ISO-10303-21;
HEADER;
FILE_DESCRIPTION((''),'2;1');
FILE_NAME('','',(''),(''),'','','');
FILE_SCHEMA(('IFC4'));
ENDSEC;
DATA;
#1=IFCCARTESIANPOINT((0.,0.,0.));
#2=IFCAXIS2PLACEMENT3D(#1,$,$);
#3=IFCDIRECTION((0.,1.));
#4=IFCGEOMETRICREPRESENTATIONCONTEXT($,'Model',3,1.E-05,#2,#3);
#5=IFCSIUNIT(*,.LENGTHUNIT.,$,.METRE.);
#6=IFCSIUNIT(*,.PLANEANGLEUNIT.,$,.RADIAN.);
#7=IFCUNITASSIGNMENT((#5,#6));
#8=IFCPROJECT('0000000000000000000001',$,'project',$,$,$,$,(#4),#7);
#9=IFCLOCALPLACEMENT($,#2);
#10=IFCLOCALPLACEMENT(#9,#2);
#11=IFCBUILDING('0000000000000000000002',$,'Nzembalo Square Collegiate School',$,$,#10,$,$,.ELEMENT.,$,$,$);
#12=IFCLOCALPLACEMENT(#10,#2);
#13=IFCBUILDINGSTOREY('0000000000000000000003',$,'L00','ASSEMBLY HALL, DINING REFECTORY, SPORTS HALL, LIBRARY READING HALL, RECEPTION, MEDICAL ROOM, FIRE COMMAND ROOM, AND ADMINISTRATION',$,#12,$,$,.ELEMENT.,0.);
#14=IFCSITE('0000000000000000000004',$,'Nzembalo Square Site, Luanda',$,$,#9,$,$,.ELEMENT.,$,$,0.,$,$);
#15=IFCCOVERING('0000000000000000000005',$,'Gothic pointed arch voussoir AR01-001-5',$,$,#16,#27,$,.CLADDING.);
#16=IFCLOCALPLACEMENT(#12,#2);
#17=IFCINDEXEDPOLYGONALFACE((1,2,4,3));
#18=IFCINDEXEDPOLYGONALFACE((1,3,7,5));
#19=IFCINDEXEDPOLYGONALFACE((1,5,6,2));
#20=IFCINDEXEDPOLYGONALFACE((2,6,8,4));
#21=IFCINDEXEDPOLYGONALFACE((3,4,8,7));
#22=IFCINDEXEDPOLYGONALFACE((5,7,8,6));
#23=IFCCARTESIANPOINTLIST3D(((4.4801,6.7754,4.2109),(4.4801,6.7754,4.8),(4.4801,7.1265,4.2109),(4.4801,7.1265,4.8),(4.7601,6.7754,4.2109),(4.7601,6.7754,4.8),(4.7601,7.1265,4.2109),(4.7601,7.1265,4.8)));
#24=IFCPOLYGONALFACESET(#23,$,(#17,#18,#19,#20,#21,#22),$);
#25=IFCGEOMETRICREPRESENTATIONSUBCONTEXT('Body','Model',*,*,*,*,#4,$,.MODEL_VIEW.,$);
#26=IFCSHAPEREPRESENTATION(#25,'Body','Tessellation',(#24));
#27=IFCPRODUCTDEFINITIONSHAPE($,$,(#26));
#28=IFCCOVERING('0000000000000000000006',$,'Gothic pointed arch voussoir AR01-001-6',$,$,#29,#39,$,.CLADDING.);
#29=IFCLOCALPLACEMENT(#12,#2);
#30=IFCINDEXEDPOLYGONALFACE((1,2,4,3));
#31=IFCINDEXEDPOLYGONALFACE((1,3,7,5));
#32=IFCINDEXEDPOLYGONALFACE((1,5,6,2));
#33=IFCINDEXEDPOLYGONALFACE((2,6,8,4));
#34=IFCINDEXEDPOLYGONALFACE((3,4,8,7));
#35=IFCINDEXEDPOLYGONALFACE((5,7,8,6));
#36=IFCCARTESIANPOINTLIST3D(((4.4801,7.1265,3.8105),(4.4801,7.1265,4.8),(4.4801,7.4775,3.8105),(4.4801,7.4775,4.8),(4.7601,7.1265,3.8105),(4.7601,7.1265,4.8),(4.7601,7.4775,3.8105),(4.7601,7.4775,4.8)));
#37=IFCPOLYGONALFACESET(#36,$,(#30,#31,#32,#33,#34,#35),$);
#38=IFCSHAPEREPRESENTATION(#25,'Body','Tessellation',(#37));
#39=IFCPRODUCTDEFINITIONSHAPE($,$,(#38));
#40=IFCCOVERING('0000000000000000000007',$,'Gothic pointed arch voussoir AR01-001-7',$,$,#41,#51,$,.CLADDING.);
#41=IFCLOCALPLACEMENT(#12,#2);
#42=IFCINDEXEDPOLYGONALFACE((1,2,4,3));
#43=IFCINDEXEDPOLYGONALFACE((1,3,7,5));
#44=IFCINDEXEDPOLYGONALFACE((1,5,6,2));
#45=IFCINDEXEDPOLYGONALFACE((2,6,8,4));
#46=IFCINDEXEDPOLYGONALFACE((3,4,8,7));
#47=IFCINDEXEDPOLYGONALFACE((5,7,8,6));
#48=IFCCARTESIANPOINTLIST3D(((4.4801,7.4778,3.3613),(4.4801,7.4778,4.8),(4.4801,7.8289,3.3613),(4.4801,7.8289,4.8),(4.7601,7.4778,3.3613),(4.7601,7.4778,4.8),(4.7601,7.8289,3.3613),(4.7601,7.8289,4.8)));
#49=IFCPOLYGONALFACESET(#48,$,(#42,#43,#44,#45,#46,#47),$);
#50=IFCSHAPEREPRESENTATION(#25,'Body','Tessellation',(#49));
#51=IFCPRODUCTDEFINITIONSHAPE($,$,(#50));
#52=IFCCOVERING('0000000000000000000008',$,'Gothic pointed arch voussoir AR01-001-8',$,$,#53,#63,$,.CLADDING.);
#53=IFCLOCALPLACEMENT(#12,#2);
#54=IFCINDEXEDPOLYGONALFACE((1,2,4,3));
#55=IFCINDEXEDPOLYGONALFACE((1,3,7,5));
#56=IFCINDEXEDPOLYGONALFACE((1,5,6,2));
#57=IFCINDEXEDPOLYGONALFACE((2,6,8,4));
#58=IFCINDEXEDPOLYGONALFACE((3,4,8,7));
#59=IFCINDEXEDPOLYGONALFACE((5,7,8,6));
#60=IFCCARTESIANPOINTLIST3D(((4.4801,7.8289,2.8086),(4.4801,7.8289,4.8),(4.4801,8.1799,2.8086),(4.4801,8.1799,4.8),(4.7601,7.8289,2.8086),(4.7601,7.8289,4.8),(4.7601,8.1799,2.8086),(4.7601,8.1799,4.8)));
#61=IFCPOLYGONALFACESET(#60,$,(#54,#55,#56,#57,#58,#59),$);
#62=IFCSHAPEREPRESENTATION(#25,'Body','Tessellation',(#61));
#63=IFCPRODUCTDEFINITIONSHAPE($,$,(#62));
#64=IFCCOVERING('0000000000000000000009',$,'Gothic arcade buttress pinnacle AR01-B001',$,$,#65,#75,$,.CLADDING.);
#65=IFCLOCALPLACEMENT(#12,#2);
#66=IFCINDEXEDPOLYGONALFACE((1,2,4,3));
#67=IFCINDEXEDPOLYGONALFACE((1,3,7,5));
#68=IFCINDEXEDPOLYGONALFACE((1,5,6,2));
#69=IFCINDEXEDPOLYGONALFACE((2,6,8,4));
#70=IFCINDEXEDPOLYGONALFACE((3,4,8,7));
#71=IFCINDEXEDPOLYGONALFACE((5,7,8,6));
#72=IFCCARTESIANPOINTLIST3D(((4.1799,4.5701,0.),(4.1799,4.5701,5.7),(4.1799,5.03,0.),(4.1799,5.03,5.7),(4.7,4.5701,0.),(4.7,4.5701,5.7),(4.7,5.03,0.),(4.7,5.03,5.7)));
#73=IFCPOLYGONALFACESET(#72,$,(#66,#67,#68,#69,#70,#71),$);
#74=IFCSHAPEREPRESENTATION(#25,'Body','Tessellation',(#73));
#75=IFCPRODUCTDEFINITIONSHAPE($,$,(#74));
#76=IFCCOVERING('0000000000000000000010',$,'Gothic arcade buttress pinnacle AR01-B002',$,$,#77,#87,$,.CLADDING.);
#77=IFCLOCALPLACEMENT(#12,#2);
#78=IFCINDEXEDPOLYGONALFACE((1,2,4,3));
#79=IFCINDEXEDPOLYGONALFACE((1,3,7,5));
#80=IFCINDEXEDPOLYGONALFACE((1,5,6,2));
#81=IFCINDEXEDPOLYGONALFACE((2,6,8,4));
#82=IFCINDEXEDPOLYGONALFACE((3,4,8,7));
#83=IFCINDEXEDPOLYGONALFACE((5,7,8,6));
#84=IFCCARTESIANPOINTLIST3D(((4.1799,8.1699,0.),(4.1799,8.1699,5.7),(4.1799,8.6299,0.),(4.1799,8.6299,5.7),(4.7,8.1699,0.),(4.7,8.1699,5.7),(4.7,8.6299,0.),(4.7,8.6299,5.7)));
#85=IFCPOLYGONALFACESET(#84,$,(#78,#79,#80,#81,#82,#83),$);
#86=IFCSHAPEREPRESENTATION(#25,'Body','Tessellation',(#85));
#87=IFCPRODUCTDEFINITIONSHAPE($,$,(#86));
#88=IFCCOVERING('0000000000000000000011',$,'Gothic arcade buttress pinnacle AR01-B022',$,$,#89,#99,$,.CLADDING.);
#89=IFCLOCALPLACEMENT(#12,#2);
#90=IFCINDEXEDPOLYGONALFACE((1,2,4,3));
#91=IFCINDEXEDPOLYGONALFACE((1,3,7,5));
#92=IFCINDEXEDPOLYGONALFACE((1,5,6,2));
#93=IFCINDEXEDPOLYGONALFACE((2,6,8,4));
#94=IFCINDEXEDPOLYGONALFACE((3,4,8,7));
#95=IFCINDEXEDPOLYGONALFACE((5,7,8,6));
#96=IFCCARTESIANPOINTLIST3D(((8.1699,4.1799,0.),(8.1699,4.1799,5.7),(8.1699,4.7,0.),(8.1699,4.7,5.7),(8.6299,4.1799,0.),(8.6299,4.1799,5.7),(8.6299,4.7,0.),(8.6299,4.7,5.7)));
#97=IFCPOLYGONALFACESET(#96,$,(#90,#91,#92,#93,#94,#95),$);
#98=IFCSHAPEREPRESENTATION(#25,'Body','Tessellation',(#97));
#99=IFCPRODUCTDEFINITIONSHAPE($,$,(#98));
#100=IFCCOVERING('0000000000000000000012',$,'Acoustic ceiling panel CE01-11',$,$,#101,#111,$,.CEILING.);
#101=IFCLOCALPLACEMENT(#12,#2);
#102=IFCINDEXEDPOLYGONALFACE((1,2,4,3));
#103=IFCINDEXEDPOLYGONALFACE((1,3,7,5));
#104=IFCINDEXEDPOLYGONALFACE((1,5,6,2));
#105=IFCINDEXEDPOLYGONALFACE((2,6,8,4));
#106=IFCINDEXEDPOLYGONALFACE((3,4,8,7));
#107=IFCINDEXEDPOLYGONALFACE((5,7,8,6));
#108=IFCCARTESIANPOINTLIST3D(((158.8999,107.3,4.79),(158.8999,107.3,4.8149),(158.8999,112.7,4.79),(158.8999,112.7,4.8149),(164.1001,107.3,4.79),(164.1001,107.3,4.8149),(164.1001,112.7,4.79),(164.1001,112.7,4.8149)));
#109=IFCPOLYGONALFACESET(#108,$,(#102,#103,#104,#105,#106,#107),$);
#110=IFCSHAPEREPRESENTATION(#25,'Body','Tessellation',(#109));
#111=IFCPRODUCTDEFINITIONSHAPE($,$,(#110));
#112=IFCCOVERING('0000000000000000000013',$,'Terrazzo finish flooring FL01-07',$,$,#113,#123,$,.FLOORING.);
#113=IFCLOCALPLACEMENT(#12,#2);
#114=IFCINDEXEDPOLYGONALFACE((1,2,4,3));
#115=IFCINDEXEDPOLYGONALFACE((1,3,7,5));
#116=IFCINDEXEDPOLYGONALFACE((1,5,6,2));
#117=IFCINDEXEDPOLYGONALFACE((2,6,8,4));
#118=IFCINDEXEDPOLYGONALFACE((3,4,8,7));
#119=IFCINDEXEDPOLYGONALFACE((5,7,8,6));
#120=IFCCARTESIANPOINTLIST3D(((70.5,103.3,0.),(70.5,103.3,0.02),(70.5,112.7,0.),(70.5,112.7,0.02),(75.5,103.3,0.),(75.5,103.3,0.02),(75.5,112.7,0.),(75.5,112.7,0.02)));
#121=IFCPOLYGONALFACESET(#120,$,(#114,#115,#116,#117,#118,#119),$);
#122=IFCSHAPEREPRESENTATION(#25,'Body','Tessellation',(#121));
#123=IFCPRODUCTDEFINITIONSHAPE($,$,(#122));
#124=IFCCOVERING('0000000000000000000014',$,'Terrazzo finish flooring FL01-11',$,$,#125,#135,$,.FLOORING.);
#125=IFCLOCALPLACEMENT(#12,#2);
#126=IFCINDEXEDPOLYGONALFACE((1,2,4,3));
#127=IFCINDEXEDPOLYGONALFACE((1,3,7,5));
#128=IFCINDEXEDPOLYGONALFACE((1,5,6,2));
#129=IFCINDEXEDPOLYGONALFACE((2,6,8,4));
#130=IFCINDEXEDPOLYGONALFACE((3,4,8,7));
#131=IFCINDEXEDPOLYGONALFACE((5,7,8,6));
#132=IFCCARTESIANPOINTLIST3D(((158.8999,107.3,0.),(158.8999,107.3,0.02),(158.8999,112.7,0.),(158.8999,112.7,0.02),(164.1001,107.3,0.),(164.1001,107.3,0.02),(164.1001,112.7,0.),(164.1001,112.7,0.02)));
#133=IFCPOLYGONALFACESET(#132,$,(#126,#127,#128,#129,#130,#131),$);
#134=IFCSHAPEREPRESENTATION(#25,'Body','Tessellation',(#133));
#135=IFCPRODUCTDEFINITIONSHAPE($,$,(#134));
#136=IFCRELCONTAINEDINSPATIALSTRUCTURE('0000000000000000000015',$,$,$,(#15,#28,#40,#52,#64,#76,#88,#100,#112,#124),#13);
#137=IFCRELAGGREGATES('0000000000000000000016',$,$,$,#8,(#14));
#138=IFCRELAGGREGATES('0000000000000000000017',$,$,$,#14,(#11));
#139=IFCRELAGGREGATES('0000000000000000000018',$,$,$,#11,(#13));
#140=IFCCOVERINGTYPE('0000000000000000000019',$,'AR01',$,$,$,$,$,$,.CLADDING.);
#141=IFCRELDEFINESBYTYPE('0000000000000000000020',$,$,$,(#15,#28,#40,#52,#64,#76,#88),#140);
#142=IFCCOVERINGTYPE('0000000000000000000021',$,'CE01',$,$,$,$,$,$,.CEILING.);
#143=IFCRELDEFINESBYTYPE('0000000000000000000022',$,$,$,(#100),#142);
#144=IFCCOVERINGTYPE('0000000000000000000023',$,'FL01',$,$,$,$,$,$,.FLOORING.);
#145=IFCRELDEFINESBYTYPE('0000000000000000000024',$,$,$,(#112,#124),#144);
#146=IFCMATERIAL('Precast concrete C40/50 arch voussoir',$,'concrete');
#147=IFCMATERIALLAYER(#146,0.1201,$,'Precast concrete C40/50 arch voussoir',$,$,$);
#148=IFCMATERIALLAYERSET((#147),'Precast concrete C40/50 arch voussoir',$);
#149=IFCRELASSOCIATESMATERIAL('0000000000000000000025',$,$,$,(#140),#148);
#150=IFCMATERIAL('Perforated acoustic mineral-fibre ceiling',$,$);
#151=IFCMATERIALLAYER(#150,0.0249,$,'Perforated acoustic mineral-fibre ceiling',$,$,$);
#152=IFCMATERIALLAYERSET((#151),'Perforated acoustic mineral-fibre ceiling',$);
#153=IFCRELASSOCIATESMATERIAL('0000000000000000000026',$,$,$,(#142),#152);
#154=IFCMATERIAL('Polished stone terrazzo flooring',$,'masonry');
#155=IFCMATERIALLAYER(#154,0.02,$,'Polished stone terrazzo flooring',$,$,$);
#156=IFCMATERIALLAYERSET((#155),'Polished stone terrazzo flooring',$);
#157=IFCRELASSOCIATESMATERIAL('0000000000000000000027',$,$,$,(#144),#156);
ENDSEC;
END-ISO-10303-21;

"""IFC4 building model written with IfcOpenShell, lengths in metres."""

from ifc_helpers import new_model, si_unit, direction, frame, origin, origin_2d, place, context, subcontext, project, spatial, polyline, rectangle, outline, extrude, material, layer, layer_set, type_object, element, save


model = new_model("IFC4")

# Units and contexts
model_context = context("Model", 3, precision=1e-05, world=origin(), true_north=direction((0.0, 1.0)))
body_context = subcontext(model_context, "Body", "Model", "MODEL_VIEW")
ifc_project = project(units=[si_unit("LENGTHUNIT", "METRE"), si_unit("PLANEANGLEUNIT", "RADIAN")], contexts=[model_context])

# Site, building, storey
site_placement = place(None, origin())
site = spatial("IfcSite", under=ifc_project, at=site_placement, Name="Nzembalo Square Site, Luanda", CompositionType="ELEMENT", RefElevation=0.0)
building_placement = place(site_placement, origin())
building = spatial("IfcBuilding", under=site, at=building_placement, Name="Nzembalo Square Collegiate School", CompositionType="ELEMENT")
storey_placement = place(building_placement, origin())
storey = spatial("IfcBuildingStorey", under=building, at=storey_placement, Name="L00", Description="ASSEMBLY HALL, DINING REFECTORY, SPORTS HALL, LIBRARY READING HALL, RECEPTION, MEDICAL ROOM, FIRE COMMAND ROOM, AND ADMINISTRATION", CompositionType="ELEMENT", Elevation=0.0)

# Coverings
ifc_material_1 = material(Name="Precast concrete C40/50 arch voussoir", Category="concrete")
ifc_layer_1 = layer(ifc_material_1, 0.1201, Name="Precast concrete C40/50 arch voussoir")
ifc_layer_set_1 = layer_set([ifc_layer_1], Name="Precast concrete C40/50 arch voussoir")
covering_type_1 = type_object("IfcCoveringType", Name="AR01", PredefinedType="CLADDING", material=ifc_layer_set_1)
covering_1_placement = place(storey_placement, frame((4.6201, 6.9509, 4.2109), z_axis=(0.0, 0.0, 1.0), x_axis=(1.0, 0.0, 0.0)))
element("IfcCovering", 1, at=covering_1_placement, inside=storey, type_object=covering_type_1, Name="Gothic pointed arch voussoir AR01-001-5", PredefinedType="CLADDING", context=body_context, shape_type="SweptSolid", body=[
    extrude(rectangle(XDim=0.28, YDim=0.3511, at=origin_2d()), origin(), (0.0, 0.0, 1.0), 0.5891),
])
covering_2_placement = place(storey_placement, frame((4.6201, 7.302, 3.8105), z_axis=(0.0, 0.0, 1.0), x_axis=(1.0, 0.0, 0.0)))
element("IfcCovering", 2, at=covering_2_placement, inside=storey, type_object=covering_type_1, Name="Gothic pointed arch voussoir AR01-001-6", PredefinedType="CLADDING", context=body_context, shape_type="SweptSolid", body=[
    extrude(rectangle(XDim=0.28, YDim=0.3511, at=origin_2d()), origin(), (0.0, 0.0, 1.0), 0.9895),
])
covering_3_placement = place(storey_placement, frame((4.6201, 7.6533, 3.3613), z_axis=(0.0, 0.0, 1.0), x_axis=(1.0, 0.0, 0.0)))
element("IfcCovering", 3, at=covering_3_placement, inside=storey, type_object=covering_type_1, Name="Gothic pointed arch voussoir AR01-001-7", PredefinedType="CLADDING", context=body_context, shape_type="SweptSolid", body=[
    extrude(rectangle(XDim=0.28, YDim=0.3511, at=origin_2d()), origin(), (0.0, 0.0, 1.0), 1.4387),
])
covering_4_placement = place(storey_placement, frame((4.6201, 8.0044, 2.8086), z_axis=(0.0, 0.0, 1.0), x_axis=(1.0, 0.0, 0.0)))
element("IfcCovering", 4, at=covering_4_placement, inside=storey, type_object=covering_type_1, Name="Gothic pointed arch voussoir AR01-001-8", PredefinedType="CLADDING", context=body_context, shape_type="SweptSolid", body=[
    extrude(rectangle(XDim=0.28, YDim=0.3511, at=origin_2d()), origin(), (0.0, 0.0, 1.0), 1.9915),
])
for number, where, z_axis, x_axis, name in (
    (5, (4.4399, 4.8, 0.0), (0.0, 0.0, 1.0), (1.0, 0.0, 0.0), "Gothic arcade buttress pinnacle AR01-B001"),
    (6, (4.4399, 8.3999, 0.0), (0.0, 0.0, 1.0), (1.0, 0.0, 0.0), "Gothic arcade buttress pinnacle AR01-B002"),
):
    element("IfcCovering", number, at=place(storey_placement, frame(where, z_axis=z_axis, x_axis=x_axis)), inside=storey, type_object=covering_type_1, Name=name, PredefinedType="CLADDING", context=body_context, shape_type="SweptSolid", body=[
        extrude(rectangle(XDim=0.52, YDim=0.46, at=origin_2d()), origin(), (0.0, 0.0, 1.0), 5.7),
    ])
covering_5_placement = place(storey_placement, frame((8.3999, 4.4399, 0.0), z_axis=(0.0, 0.0, 1.0), x_axis=(1.0, 0.0, 0.0)))
element("IfcCovering", 7, at=covering_5_placement, inside=storey, type_object=covering_type_1, Name="Gothic arcade buttress pinnacle AR01-B022", PredefinedType="CLADDING", context=body_context, shape_type="SweptSolid", body=[
    extrude(rectangle(XDim=0.46, YDim=0.52, at=origin_2d()), origin(), (0.0, 0.0, 1.0), 5.7),
])
ifc_material_2 = material(Name="Perforated acoustic mineral-fibre ceiling")
ifc_layer_2 = layer(ifc_material_2, 0.0249, Name="Perforated acoustic mineral-fibre ceiling")
ifc_layer_set_2 = layer_set([ifc_layer_2], Name="Perforated acoustic mineral-fibre ceiling")
covering_type_2 = type_object("IfcCoveringType", Name="CE01", PredefinedType="CEILING", material=ifc_layer_set_2)
covering_6_placement = place(storey_placement, frame((0.0, 0.0, 4.79)))
element("IfcCovering", 8, at=covering_6_placement, inside=storey, type_object=covering_type_2, Name="Acoustic ceiling panel CE01-11", PredefinedType="CEILING", context=body_context, shape_type="SweptSolid", body=[
    extrude(outline(polyline([(158.8999, 107.3), (164.1001, 107.3), (164.1001, 112.7), (158.8999, 112.7), (158.8999, 107.3)])), origin(), (0.0, 0.0, 1.0), 0.0249),
])
ifc_material_3 = material(Name="Polished stone terrazzo flooring", Category="masonry")
ifc_layer_3 = layer(ifc_material_3, 0.02, Name="Polished stone terrazzo flooring")
ifc_layer_set_3 = layer_set([ifc_layer_3], Name="Polished stone terrazzo flooring")
covering_type_3 = type_object("IfcCoveringType", Name="FL01", PredefinedType="FLOORING", material=ifc_layer_set_3)
covering_7_placement = place(storey_placement, origin())
element("IfcCovering", 9, at=covering_7_placement, inside=storey, type_object=covering_type_3, Name="Terrazzo finish flooring FL01-07", PredefinedType="FLOORING", context=body_context, shape_type="SweptSolid", body=[
    extrude(outline(polyline([(70.5, 103.3), (75.5, 103.3), (75.5, 112.7), (70.5, 112.7), (70.5, 103.3)])), origin(), (0.0, 0.0, 1.0), 0.02),
])
covering_8_placement = place(storey_placement, origin())
element("IfcCovering", 10, at=covering_8_placement, inside=storey, type_object=covering_type_3, Name="Terrazzo finish flooring FL01-11", PredefinedType="FLOORING", context=body_context, shape_type="SweptSolid", body=[
    extrude(outline(polyline([(158.8999, 107.3), (164.1001, 107.3), (164.1001, 112.7), (158.8999, 112.7), (158.8999, 107.3)])), origin(), (0.0, 0.0, 1.0), 0.02),
])

save(model, "model.ifc")
